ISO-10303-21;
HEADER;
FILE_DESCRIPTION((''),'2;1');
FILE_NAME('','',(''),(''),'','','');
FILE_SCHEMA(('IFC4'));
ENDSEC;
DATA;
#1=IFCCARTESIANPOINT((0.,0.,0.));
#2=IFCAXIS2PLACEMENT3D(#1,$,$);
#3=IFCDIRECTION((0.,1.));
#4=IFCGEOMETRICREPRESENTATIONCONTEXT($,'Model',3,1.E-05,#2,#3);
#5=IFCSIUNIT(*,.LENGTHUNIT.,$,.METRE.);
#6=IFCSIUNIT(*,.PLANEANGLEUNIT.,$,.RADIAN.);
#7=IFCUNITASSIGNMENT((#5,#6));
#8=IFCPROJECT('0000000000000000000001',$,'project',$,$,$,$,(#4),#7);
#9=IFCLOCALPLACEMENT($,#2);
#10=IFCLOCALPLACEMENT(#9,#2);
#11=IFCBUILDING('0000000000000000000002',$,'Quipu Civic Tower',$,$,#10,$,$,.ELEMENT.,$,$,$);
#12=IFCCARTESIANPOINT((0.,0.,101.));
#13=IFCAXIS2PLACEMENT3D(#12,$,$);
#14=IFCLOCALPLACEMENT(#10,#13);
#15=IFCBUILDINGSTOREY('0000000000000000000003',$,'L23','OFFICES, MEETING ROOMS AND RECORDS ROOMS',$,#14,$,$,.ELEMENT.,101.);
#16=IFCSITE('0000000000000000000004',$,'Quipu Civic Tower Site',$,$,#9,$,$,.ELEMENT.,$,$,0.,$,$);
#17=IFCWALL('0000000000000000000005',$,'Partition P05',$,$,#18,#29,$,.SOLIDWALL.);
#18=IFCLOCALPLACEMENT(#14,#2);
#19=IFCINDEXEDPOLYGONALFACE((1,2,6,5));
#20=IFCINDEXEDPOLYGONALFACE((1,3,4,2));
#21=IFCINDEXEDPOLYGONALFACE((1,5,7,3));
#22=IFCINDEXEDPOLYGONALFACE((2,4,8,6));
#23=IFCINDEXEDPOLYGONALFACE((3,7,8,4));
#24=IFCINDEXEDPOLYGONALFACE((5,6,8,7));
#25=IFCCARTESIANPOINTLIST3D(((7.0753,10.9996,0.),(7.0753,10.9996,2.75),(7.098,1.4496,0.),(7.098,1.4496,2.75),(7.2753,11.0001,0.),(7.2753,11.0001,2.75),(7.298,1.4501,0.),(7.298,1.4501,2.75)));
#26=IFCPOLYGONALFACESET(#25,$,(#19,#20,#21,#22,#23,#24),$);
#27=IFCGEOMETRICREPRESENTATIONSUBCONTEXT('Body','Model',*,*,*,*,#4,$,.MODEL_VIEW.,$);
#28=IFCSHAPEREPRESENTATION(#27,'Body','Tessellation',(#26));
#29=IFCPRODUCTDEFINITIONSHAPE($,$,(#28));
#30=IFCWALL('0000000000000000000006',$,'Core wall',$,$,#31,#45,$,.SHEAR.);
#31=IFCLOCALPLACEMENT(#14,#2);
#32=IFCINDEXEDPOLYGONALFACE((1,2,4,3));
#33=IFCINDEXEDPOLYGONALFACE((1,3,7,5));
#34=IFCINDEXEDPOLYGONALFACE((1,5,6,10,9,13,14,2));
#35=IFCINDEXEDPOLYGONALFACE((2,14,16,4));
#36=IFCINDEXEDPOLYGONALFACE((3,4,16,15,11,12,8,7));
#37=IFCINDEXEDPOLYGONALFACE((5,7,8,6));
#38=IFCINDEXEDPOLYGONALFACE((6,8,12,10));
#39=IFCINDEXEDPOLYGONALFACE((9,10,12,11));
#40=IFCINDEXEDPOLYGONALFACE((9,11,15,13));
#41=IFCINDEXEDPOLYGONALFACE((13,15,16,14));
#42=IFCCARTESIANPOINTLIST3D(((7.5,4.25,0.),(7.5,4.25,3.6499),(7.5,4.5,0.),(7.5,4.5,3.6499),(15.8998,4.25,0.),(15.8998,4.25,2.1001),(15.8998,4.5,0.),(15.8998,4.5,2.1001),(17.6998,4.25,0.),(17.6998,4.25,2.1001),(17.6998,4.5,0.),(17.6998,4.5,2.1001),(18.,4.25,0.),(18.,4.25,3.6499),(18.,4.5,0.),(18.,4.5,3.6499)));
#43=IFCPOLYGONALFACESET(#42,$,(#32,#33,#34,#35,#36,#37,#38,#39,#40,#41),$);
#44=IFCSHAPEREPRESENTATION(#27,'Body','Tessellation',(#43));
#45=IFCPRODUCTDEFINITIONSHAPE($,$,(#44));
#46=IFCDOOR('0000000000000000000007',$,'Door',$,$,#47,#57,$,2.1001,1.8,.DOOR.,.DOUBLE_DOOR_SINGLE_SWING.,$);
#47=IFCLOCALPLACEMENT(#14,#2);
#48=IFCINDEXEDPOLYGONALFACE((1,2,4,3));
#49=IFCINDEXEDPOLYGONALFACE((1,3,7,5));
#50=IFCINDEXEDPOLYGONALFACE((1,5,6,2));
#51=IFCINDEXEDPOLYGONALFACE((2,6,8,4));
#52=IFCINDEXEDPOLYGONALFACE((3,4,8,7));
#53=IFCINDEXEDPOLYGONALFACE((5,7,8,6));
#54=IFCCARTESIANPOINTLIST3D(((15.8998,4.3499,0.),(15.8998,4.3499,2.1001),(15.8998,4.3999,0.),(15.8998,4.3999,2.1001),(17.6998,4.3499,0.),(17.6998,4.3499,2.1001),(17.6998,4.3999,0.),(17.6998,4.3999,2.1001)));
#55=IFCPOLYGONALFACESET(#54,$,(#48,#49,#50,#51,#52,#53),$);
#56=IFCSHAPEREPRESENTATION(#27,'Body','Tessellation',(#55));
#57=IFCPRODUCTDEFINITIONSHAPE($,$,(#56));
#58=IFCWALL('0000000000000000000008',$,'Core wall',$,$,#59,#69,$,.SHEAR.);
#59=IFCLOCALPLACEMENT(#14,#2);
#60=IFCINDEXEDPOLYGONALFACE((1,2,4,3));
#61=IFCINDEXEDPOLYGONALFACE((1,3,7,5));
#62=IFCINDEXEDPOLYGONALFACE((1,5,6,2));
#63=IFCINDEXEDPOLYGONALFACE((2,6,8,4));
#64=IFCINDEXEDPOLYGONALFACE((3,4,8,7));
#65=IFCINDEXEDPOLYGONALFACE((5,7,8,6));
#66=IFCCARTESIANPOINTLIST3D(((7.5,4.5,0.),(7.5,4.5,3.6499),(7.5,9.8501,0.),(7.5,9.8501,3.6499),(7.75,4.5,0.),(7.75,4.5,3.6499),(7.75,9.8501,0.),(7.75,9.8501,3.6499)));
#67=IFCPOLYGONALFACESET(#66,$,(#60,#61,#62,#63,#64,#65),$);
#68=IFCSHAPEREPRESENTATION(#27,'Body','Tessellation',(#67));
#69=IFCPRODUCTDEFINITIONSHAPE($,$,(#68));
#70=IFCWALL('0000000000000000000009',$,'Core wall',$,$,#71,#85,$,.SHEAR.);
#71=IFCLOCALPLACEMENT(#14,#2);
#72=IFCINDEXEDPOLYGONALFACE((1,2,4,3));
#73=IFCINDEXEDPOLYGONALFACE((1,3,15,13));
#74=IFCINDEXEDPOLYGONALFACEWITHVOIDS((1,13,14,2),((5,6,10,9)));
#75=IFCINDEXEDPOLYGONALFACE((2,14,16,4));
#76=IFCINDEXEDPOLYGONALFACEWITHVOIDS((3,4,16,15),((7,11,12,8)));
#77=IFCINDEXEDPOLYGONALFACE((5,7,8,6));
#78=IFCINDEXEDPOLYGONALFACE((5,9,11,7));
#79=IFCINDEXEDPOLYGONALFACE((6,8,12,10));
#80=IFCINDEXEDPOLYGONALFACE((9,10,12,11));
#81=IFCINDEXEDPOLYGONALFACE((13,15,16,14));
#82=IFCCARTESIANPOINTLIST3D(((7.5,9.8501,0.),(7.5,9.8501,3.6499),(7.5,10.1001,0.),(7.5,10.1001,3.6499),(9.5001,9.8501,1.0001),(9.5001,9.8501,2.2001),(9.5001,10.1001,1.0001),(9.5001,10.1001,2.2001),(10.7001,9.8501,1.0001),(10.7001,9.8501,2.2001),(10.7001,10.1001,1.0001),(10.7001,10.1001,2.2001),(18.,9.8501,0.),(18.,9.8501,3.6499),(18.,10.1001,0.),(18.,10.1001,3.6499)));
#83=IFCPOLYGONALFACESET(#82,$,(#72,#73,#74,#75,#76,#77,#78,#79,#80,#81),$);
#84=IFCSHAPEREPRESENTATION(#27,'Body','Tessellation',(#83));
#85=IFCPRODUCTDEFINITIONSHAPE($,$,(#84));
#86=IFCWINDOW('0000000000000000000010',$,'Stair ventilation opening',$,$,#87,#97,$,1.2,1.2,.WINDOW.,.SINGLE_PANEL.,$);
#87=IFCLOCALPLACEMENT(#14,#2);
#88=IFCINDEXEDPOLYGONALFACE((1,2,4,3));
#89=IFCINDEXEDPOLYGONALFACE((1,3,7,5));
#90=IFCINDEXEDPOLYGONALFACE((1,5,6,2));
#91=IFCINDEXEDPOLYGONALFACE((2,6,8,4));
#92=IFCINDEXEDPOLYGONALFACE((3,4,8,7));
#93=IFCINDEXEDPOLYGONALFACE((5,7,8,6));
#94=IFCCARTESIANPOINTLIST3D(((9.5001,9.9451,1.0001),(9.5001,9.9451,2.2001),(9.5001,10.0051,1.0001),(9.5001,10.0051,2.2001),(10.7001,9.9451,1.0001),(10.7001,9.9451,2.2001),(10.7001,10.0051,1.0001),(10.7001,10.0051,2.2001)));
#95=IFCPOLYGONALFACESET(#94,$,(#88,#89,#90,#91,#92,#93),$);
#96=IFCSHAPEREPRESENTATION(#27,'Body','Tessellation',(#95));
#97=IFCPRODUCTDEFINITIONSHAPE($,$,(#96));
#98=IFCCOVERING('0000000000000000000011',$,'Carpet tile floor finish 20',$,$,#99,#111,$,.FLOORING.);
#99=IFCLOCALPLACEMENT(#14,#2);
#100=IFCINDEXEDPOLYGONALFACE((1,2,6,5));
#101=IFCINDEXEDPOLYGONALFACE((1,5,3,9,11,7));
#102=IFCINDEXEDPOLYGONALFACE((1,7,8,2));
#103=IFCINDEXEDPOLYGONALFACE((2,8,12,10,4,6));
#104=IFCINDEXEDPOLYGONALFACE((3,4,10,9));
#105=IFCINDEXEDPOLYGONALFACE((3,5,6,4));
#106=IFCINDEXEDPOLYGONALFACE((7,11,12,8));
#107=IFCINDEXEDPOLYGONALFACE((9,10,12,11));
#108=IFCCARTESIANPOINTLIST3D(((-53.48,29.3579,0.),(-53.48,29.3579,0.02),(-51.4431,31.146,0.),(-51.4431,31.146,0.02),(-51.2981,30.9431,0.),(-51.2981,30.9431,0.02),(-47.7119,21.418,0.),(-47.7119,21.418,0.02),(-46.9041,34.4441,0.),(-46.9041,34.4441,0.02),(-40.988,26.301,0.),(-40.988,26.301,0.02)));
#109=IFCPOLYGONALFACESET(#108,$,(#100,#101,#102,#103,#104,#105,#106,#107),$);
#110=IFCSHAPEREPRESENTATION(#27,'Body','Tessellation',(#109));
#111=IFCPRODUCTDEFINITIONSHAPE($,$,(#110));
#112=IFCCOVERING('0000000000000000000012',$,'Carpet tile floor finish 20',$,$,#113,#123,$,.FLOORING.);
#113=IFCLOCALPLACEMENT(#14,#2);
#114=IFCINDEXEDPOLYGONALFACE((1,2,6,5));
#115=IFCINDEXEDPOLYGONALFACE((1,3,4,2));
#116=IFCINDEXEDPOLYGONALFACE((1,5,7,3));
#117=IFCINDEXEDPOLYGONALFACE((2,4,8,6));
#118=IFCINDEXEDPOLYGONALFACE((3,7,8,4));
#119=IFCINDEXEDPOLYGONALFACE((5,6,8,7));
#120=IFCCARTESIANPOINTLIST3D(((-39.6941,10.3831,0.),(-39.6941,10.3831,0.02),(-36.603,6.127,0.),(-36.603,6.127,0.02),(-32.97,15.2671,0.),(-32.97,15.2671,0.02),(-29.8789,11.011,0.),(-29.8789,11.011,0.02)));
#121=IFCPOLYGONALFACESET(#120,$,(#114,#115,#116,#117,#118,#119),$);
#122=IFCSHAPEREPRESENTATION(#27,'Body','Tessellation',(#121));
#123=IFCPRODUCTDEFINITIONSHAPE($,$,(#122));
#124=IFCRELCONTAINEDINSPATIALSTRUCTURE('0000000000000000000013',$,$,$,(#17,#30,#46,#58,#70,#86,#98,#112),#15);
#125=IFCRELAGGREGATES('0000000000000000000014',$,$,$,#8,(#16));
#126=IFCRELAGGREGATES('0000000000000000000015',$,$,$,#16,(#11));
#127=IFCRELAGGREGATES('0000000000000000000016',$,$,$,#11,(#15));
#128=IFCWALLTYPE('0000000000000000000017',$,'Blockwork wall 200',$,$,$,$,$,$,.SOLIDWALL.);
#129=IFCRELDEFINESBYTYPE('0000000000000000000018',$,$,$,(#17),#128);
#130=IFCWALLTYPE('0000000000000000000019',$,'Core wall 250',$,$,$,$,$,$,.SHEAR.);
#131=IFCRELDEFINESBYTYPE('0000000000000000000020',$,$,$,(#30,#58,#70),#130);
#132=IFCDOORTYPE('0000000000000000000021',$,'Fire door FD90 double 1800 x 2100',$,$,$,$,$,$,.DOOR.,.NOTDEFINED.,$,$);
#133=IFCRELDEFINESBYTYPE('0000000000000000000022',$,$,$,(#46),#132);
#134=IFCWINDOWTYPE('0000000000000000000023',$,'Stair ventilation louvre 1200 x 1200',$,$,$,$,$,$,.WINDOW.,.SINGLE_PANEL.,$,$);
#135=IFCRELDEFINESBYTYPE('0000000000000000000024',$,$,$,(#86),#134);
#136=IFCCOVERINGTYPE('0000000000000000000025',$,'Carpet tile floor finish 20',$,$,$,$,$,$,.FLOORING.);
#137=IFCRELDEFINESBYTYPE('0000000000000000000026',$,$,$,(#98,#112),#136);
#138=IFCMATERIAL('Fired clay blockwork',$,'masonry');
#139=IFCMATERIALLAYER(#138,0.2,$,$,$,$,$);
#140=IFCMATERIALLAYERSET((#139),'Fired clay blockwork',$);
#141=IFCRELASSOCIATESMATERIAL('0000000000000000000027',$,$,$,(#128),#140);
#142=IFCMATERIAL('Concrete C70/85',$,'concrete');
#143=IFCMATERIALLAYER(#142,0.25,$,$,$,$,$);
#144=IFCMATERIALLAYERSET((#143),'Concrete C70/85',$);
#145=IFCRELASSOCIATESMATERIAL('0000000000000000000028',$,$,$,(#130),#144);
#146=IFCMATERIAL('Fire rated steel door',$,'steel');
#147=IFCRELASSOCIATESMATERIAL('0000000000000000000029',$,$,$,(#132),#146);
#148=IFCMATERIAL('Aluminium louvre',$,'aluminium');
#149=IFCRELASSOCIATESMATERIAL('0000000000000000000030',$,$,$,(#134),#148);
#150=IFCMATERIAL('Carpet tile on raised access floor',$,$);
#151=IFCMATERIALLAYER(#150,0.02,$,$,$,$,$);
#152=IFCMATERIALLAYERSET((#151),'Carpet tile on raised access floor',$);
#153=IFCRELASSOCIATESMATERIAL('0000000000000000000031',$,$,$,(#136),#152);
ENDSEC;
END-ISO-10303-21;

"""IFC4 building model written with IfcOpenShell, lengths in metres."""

from ifc_helpers import new_model, si_unit, direction, frame, frame_2d, origin, place, context, subcontext, project, spatial, polyline, rectangle, outline, extrude, material, layer, layer_set, type_object, element, fill, save


model = new_model("IFC4")

# Units and contexts
model_context = context("Model", 3, precision=1e-05, world=origin(), true_north=direction((0.0, 1.0)))
body_context = subcontext(model_context, "Body", "Model", "MODEL_VIEW")
ifc_project = project(units=[si_unit("LENGTHUNIT", "METRE"), si_unit("PLANEANGLEUNIT", "RADIAN")], contexts=[model_context])

# Site, building, storey
site_placement = place(None, origin())
site = spatial("IfcSite", under=ifc_project, at=site_placement, Name="Quipu Civic Tower Site", CompositionType="ELEMENT", RefElevation=0.0)
building_placement = place(site_placement, origin())
building = spatial("IfcBuilding", under=site, at=building_placement, Name="Quipu Civic Tower", CompositionType="ELEMENT")
storey_placement = place(building_placement, frame((0.0, 0.0, 101.0)))
storey = spatial("IfcBuildingStorey", under=building, at=storey_placement, Name="L23", Description="OFFICES, MEETING ROOMS AND RECORDS ROOMS", CompositionType="ELEMENT", Elevation=101.0)

# Wall
ifc_material_1 = material(Name="Fired clay blockwork", Category="masonry")
ifc_layer_1 = layer(ifc_material_1, 0.2)
ifc_layer_set_1 = layer_set([ifc_layer_1], Name="Fired clay blockwork")
wall_type_1 = type_object("IfcWallType", Name="Blockwork wall 200", PredefinedType="SOLIDWALL", material=ifc_layer_set_1)
wall_1_placement = place(storey_placement, frame((7.198, 1.45, 0.0), z_axis=(0.0, 0.0, 1.0), x_axis=(-0.002377, 0.999997, 0.0)))
element("IfcWall", 1, at=wall_1_placement, inside=storey, type_object=wall_type_1, Name="Partition P05", PredefinedType="SOLIDWALL", context=body_context, shape_type="SweptSolid", body=[
    extrude(rectangle(XDim=9.55, YDim=0.2, at=frame_2d((4.7749, 0.0))), origin(), (0.0, 0.0, 1.0), 2.75),
])

# Wall, opening, door
ifc_material_2 = material(Name="Concrete C70/85", Category="concrete")
ifc_layer_2 = layer(ifc_material_2, 0.25)
ifc_layer_set_2 = layer_set([ifc_layer_2], Name="Concrete C70/85")
wall_type_2 = type_object("IfcWallType", Name="Core wall 250", PredefinedType="SHEAR", material=ifc_layer_set_2)
wall_2_placement = place(storey_placement, frame((7.5, 4.375, 0.0), z_axis=(0.0, 0.0, 1.0), x_axis=(1.0, 0.0, 0.0)))
wall_2 = element("IfcWall", 2, at=wall_2_placement, inside=storey, type_object=wall_type_2, Name="Core wall", PredefinedType="SHEAR", context=body_context, shape_type="SweptSolid", body=[
    extrude(rectangle(XDim=10.5, YDim=0.25, at=frame_2d((5.25, 0.0))), origin(), (0.0, 0.0, 1.0), 3.6499),
])
opening_1_placement = place(wall_2_placement, frame((8.3999, 0.0, 0.0)))
opening_1 = element("IfcOpeningElement", 3, at=opening_1_placement, cuts=wall_2, PredefinedType="OPENING", context=body_context, shape_type="SweptSolid", body=[
    extrude(rectangle(XDim=1.8, YDim=2.1001, at=frame_2d((0.8999, 1.05))), frame((0.0, 0.135, 0.0), z_axis=(0.0, -1.0, 0.0), x_axis=(1.0, 0.0, 0.0)), (0.0, 0.0, 1.0), 0.27),
])
ifc_material_3 = material(Name="Fire rated steel door", Category="steel")
door_type = type_object("IfcDoorType", Name="Fire door FD90 double 1800 x 2100", OperationType="NOTDEFINED", PredefinedType="DOOR", material=ifc_material_3)
door_placement = place(opening_1_placement, origin())
door = element("IfcDoor", 4, at=door_placement, inside=storey, type_object=door_type, Name="Door", OperationType="DOUBLE_DOOR_SINGLE_SWING", OverallHeight=2.1001, OverallWidth=1.8, PredefinedType="DOOR", context=body_context, shape_type="SweptSolid", body=[
    extrude(rectangle(XDim=1.8, YDim=2.1001, at=frame_2d((0.8999, 1.05))), frame((0.0, 0.0249, 0.0), z_axis=(0.0, -1.0, 0.0), x_axis=(1.0, 0.0, 0.0)), (0.0, 0.0, 1.0), 0.05),
])
fill(opening_1, door)

# Wall
wall_3_placement = place(storey_placement, frame((7.625, 4.5, 0.0), z_axis=(0.0, 0.0, 1.0), x_axis=(0.0, 1.0, 0.0)))
element("IfcWall", 5, at=wall_3_placement, inside=storey, type_object=wall_type_2, Name="Core wall", PredefinedType="SHEAR", context=body_context, shape_type="SweptSolid", body=[
    extrude(rectangle(XDim=5.3501, YDim=0.25, at=frame_2d((2.675, 0.0))), origin(), (0.0, 0.0, 1.0), 3.6499),
])

# Wall, opening, window
wall_4_placement = place(storey_placement, frame((7.5, 9.9751, 0.0), z_axis=(0.0, 0.0, 1.0), x_axis=(1.0, 0.0, 0.0)))
wall_4 = element("IfcWall", 6, at=wall_4_placement, inside=storey, type_object=wall_type_2, Name="Core wall", PredefinedType="SHEAR", context=body_context, shape_type="SweptSolid", body=[
    extrude(rectangle(XDim=10.5, YDim=0.25, at=frame_2d((5.25, 0.0))), origin(), (0.0, 0.0, 1.0), 3.6499),
])
opening_2_placement = place(wall_4_placement, frame((2.0, 0.0, 1.0)))
opening_2 = element("IfcOpeningElement", 7, at=opening_2_placement, cuts=wall_4, PredefinedType="OPENING", context=body_context, shape_type="SweptSolid", body=[
    extrude(rectangle(XDim=1.2, YDim=1.2, at=frame_2d((0.6001, 0.6001))), frame((0.0, 0.135, 0.0), z_axis=(0.0, -1.0, 0.0), x_axis=(1.0, 0.0, 0.0)), (0.0, 0.0, 1.0), 0.27),
])
ifc_material_4 = material(Name="Aluminium louvre", Category="aluminium")
window_type = type_object("IfcWindowType", Name="Stair ventilation louvre 1200 x 1200", PartitioningType="SINGLE_PANEL", PredefinedType="WINDOW", material=ifc_material_4)
window_placement = place(opening_2_placement, origin())
window = element("IfcWindow", 8, at=window_placement, inside=storey, type_object=window_type, Name="Stair ventilation opening", OverallHeight=1.2, OverallWidth=1.2, PartitioningType="SINGLE_PANEL", PredefinedType="WINDOW", context=body_context, shape_type="SweptSolid", body=[
    extrude(rectangle(XDim=1.2, YDim=1.2, at=frame_2d((0.6001, 0.6001))), frame((0.0, 0.03, 0.0), z_axis=(0.0, -1.0, 0.0), x_axis=(1.0, 0.0, 0.0)), (0.0, 0.0, 1.0), 0.0601),
])
fill(opening_2, window)

# Coverings
ifc_material_5 = material(Name="Carpet tile on raised access floor")
ifc_layer_3 = layer(ifc_material_5, 0.02)
ifc_layer_set_3 = layer_set([ifc_layer_3], Name="Carpet tile on raised access floor")
covering_type_1 = type_object("IfcCoveringType", Name="Carpet tile floor finish 20", PredefinedType="FLOORING", material=ifc_layer_set_3)
covering_1_placement = place(storey_placement, origin())
element("IfcCovering", 9, at=covering_1_placement, inside=storey, type_object=covering_type_1, Name="Carpet tile floor finish 20", PredefinedType="FLOORING", context=body_context, shape_type="SweptSolid", body=[
    extrude(outline(polyline([(-53.48, 29.3579), (-51.2981, 30.9431), (-51.4431, 31.146), (-46.9041, 34.4441), (-40.988, 26.301), (-47.7119, 21.418), (-53.48, 29.3579)])), origin(), (0.0, 0.0, 1.0), 0.02),
])
covering_2_placement = place(storey_placement, origin())
element("IfcCovering", 10, at=covering_2_placement, inside=storey, type_object=covering_type_1, Name="Carpet tile floor finish 20", PredefinedType="FLOORING", context=body_context, shape_type="SweptSolid", body=[
    extrude(outline(polyline([(-39.6941, 10.3831), (-32.97, 15.2671), (-29.8789, 11.011), (-36.603, 6.127), (-39.6941, 10.3831)])), origin(), (0.0, 0.0, 1.0), 0.02),
])

save(model, "model.ifc")
